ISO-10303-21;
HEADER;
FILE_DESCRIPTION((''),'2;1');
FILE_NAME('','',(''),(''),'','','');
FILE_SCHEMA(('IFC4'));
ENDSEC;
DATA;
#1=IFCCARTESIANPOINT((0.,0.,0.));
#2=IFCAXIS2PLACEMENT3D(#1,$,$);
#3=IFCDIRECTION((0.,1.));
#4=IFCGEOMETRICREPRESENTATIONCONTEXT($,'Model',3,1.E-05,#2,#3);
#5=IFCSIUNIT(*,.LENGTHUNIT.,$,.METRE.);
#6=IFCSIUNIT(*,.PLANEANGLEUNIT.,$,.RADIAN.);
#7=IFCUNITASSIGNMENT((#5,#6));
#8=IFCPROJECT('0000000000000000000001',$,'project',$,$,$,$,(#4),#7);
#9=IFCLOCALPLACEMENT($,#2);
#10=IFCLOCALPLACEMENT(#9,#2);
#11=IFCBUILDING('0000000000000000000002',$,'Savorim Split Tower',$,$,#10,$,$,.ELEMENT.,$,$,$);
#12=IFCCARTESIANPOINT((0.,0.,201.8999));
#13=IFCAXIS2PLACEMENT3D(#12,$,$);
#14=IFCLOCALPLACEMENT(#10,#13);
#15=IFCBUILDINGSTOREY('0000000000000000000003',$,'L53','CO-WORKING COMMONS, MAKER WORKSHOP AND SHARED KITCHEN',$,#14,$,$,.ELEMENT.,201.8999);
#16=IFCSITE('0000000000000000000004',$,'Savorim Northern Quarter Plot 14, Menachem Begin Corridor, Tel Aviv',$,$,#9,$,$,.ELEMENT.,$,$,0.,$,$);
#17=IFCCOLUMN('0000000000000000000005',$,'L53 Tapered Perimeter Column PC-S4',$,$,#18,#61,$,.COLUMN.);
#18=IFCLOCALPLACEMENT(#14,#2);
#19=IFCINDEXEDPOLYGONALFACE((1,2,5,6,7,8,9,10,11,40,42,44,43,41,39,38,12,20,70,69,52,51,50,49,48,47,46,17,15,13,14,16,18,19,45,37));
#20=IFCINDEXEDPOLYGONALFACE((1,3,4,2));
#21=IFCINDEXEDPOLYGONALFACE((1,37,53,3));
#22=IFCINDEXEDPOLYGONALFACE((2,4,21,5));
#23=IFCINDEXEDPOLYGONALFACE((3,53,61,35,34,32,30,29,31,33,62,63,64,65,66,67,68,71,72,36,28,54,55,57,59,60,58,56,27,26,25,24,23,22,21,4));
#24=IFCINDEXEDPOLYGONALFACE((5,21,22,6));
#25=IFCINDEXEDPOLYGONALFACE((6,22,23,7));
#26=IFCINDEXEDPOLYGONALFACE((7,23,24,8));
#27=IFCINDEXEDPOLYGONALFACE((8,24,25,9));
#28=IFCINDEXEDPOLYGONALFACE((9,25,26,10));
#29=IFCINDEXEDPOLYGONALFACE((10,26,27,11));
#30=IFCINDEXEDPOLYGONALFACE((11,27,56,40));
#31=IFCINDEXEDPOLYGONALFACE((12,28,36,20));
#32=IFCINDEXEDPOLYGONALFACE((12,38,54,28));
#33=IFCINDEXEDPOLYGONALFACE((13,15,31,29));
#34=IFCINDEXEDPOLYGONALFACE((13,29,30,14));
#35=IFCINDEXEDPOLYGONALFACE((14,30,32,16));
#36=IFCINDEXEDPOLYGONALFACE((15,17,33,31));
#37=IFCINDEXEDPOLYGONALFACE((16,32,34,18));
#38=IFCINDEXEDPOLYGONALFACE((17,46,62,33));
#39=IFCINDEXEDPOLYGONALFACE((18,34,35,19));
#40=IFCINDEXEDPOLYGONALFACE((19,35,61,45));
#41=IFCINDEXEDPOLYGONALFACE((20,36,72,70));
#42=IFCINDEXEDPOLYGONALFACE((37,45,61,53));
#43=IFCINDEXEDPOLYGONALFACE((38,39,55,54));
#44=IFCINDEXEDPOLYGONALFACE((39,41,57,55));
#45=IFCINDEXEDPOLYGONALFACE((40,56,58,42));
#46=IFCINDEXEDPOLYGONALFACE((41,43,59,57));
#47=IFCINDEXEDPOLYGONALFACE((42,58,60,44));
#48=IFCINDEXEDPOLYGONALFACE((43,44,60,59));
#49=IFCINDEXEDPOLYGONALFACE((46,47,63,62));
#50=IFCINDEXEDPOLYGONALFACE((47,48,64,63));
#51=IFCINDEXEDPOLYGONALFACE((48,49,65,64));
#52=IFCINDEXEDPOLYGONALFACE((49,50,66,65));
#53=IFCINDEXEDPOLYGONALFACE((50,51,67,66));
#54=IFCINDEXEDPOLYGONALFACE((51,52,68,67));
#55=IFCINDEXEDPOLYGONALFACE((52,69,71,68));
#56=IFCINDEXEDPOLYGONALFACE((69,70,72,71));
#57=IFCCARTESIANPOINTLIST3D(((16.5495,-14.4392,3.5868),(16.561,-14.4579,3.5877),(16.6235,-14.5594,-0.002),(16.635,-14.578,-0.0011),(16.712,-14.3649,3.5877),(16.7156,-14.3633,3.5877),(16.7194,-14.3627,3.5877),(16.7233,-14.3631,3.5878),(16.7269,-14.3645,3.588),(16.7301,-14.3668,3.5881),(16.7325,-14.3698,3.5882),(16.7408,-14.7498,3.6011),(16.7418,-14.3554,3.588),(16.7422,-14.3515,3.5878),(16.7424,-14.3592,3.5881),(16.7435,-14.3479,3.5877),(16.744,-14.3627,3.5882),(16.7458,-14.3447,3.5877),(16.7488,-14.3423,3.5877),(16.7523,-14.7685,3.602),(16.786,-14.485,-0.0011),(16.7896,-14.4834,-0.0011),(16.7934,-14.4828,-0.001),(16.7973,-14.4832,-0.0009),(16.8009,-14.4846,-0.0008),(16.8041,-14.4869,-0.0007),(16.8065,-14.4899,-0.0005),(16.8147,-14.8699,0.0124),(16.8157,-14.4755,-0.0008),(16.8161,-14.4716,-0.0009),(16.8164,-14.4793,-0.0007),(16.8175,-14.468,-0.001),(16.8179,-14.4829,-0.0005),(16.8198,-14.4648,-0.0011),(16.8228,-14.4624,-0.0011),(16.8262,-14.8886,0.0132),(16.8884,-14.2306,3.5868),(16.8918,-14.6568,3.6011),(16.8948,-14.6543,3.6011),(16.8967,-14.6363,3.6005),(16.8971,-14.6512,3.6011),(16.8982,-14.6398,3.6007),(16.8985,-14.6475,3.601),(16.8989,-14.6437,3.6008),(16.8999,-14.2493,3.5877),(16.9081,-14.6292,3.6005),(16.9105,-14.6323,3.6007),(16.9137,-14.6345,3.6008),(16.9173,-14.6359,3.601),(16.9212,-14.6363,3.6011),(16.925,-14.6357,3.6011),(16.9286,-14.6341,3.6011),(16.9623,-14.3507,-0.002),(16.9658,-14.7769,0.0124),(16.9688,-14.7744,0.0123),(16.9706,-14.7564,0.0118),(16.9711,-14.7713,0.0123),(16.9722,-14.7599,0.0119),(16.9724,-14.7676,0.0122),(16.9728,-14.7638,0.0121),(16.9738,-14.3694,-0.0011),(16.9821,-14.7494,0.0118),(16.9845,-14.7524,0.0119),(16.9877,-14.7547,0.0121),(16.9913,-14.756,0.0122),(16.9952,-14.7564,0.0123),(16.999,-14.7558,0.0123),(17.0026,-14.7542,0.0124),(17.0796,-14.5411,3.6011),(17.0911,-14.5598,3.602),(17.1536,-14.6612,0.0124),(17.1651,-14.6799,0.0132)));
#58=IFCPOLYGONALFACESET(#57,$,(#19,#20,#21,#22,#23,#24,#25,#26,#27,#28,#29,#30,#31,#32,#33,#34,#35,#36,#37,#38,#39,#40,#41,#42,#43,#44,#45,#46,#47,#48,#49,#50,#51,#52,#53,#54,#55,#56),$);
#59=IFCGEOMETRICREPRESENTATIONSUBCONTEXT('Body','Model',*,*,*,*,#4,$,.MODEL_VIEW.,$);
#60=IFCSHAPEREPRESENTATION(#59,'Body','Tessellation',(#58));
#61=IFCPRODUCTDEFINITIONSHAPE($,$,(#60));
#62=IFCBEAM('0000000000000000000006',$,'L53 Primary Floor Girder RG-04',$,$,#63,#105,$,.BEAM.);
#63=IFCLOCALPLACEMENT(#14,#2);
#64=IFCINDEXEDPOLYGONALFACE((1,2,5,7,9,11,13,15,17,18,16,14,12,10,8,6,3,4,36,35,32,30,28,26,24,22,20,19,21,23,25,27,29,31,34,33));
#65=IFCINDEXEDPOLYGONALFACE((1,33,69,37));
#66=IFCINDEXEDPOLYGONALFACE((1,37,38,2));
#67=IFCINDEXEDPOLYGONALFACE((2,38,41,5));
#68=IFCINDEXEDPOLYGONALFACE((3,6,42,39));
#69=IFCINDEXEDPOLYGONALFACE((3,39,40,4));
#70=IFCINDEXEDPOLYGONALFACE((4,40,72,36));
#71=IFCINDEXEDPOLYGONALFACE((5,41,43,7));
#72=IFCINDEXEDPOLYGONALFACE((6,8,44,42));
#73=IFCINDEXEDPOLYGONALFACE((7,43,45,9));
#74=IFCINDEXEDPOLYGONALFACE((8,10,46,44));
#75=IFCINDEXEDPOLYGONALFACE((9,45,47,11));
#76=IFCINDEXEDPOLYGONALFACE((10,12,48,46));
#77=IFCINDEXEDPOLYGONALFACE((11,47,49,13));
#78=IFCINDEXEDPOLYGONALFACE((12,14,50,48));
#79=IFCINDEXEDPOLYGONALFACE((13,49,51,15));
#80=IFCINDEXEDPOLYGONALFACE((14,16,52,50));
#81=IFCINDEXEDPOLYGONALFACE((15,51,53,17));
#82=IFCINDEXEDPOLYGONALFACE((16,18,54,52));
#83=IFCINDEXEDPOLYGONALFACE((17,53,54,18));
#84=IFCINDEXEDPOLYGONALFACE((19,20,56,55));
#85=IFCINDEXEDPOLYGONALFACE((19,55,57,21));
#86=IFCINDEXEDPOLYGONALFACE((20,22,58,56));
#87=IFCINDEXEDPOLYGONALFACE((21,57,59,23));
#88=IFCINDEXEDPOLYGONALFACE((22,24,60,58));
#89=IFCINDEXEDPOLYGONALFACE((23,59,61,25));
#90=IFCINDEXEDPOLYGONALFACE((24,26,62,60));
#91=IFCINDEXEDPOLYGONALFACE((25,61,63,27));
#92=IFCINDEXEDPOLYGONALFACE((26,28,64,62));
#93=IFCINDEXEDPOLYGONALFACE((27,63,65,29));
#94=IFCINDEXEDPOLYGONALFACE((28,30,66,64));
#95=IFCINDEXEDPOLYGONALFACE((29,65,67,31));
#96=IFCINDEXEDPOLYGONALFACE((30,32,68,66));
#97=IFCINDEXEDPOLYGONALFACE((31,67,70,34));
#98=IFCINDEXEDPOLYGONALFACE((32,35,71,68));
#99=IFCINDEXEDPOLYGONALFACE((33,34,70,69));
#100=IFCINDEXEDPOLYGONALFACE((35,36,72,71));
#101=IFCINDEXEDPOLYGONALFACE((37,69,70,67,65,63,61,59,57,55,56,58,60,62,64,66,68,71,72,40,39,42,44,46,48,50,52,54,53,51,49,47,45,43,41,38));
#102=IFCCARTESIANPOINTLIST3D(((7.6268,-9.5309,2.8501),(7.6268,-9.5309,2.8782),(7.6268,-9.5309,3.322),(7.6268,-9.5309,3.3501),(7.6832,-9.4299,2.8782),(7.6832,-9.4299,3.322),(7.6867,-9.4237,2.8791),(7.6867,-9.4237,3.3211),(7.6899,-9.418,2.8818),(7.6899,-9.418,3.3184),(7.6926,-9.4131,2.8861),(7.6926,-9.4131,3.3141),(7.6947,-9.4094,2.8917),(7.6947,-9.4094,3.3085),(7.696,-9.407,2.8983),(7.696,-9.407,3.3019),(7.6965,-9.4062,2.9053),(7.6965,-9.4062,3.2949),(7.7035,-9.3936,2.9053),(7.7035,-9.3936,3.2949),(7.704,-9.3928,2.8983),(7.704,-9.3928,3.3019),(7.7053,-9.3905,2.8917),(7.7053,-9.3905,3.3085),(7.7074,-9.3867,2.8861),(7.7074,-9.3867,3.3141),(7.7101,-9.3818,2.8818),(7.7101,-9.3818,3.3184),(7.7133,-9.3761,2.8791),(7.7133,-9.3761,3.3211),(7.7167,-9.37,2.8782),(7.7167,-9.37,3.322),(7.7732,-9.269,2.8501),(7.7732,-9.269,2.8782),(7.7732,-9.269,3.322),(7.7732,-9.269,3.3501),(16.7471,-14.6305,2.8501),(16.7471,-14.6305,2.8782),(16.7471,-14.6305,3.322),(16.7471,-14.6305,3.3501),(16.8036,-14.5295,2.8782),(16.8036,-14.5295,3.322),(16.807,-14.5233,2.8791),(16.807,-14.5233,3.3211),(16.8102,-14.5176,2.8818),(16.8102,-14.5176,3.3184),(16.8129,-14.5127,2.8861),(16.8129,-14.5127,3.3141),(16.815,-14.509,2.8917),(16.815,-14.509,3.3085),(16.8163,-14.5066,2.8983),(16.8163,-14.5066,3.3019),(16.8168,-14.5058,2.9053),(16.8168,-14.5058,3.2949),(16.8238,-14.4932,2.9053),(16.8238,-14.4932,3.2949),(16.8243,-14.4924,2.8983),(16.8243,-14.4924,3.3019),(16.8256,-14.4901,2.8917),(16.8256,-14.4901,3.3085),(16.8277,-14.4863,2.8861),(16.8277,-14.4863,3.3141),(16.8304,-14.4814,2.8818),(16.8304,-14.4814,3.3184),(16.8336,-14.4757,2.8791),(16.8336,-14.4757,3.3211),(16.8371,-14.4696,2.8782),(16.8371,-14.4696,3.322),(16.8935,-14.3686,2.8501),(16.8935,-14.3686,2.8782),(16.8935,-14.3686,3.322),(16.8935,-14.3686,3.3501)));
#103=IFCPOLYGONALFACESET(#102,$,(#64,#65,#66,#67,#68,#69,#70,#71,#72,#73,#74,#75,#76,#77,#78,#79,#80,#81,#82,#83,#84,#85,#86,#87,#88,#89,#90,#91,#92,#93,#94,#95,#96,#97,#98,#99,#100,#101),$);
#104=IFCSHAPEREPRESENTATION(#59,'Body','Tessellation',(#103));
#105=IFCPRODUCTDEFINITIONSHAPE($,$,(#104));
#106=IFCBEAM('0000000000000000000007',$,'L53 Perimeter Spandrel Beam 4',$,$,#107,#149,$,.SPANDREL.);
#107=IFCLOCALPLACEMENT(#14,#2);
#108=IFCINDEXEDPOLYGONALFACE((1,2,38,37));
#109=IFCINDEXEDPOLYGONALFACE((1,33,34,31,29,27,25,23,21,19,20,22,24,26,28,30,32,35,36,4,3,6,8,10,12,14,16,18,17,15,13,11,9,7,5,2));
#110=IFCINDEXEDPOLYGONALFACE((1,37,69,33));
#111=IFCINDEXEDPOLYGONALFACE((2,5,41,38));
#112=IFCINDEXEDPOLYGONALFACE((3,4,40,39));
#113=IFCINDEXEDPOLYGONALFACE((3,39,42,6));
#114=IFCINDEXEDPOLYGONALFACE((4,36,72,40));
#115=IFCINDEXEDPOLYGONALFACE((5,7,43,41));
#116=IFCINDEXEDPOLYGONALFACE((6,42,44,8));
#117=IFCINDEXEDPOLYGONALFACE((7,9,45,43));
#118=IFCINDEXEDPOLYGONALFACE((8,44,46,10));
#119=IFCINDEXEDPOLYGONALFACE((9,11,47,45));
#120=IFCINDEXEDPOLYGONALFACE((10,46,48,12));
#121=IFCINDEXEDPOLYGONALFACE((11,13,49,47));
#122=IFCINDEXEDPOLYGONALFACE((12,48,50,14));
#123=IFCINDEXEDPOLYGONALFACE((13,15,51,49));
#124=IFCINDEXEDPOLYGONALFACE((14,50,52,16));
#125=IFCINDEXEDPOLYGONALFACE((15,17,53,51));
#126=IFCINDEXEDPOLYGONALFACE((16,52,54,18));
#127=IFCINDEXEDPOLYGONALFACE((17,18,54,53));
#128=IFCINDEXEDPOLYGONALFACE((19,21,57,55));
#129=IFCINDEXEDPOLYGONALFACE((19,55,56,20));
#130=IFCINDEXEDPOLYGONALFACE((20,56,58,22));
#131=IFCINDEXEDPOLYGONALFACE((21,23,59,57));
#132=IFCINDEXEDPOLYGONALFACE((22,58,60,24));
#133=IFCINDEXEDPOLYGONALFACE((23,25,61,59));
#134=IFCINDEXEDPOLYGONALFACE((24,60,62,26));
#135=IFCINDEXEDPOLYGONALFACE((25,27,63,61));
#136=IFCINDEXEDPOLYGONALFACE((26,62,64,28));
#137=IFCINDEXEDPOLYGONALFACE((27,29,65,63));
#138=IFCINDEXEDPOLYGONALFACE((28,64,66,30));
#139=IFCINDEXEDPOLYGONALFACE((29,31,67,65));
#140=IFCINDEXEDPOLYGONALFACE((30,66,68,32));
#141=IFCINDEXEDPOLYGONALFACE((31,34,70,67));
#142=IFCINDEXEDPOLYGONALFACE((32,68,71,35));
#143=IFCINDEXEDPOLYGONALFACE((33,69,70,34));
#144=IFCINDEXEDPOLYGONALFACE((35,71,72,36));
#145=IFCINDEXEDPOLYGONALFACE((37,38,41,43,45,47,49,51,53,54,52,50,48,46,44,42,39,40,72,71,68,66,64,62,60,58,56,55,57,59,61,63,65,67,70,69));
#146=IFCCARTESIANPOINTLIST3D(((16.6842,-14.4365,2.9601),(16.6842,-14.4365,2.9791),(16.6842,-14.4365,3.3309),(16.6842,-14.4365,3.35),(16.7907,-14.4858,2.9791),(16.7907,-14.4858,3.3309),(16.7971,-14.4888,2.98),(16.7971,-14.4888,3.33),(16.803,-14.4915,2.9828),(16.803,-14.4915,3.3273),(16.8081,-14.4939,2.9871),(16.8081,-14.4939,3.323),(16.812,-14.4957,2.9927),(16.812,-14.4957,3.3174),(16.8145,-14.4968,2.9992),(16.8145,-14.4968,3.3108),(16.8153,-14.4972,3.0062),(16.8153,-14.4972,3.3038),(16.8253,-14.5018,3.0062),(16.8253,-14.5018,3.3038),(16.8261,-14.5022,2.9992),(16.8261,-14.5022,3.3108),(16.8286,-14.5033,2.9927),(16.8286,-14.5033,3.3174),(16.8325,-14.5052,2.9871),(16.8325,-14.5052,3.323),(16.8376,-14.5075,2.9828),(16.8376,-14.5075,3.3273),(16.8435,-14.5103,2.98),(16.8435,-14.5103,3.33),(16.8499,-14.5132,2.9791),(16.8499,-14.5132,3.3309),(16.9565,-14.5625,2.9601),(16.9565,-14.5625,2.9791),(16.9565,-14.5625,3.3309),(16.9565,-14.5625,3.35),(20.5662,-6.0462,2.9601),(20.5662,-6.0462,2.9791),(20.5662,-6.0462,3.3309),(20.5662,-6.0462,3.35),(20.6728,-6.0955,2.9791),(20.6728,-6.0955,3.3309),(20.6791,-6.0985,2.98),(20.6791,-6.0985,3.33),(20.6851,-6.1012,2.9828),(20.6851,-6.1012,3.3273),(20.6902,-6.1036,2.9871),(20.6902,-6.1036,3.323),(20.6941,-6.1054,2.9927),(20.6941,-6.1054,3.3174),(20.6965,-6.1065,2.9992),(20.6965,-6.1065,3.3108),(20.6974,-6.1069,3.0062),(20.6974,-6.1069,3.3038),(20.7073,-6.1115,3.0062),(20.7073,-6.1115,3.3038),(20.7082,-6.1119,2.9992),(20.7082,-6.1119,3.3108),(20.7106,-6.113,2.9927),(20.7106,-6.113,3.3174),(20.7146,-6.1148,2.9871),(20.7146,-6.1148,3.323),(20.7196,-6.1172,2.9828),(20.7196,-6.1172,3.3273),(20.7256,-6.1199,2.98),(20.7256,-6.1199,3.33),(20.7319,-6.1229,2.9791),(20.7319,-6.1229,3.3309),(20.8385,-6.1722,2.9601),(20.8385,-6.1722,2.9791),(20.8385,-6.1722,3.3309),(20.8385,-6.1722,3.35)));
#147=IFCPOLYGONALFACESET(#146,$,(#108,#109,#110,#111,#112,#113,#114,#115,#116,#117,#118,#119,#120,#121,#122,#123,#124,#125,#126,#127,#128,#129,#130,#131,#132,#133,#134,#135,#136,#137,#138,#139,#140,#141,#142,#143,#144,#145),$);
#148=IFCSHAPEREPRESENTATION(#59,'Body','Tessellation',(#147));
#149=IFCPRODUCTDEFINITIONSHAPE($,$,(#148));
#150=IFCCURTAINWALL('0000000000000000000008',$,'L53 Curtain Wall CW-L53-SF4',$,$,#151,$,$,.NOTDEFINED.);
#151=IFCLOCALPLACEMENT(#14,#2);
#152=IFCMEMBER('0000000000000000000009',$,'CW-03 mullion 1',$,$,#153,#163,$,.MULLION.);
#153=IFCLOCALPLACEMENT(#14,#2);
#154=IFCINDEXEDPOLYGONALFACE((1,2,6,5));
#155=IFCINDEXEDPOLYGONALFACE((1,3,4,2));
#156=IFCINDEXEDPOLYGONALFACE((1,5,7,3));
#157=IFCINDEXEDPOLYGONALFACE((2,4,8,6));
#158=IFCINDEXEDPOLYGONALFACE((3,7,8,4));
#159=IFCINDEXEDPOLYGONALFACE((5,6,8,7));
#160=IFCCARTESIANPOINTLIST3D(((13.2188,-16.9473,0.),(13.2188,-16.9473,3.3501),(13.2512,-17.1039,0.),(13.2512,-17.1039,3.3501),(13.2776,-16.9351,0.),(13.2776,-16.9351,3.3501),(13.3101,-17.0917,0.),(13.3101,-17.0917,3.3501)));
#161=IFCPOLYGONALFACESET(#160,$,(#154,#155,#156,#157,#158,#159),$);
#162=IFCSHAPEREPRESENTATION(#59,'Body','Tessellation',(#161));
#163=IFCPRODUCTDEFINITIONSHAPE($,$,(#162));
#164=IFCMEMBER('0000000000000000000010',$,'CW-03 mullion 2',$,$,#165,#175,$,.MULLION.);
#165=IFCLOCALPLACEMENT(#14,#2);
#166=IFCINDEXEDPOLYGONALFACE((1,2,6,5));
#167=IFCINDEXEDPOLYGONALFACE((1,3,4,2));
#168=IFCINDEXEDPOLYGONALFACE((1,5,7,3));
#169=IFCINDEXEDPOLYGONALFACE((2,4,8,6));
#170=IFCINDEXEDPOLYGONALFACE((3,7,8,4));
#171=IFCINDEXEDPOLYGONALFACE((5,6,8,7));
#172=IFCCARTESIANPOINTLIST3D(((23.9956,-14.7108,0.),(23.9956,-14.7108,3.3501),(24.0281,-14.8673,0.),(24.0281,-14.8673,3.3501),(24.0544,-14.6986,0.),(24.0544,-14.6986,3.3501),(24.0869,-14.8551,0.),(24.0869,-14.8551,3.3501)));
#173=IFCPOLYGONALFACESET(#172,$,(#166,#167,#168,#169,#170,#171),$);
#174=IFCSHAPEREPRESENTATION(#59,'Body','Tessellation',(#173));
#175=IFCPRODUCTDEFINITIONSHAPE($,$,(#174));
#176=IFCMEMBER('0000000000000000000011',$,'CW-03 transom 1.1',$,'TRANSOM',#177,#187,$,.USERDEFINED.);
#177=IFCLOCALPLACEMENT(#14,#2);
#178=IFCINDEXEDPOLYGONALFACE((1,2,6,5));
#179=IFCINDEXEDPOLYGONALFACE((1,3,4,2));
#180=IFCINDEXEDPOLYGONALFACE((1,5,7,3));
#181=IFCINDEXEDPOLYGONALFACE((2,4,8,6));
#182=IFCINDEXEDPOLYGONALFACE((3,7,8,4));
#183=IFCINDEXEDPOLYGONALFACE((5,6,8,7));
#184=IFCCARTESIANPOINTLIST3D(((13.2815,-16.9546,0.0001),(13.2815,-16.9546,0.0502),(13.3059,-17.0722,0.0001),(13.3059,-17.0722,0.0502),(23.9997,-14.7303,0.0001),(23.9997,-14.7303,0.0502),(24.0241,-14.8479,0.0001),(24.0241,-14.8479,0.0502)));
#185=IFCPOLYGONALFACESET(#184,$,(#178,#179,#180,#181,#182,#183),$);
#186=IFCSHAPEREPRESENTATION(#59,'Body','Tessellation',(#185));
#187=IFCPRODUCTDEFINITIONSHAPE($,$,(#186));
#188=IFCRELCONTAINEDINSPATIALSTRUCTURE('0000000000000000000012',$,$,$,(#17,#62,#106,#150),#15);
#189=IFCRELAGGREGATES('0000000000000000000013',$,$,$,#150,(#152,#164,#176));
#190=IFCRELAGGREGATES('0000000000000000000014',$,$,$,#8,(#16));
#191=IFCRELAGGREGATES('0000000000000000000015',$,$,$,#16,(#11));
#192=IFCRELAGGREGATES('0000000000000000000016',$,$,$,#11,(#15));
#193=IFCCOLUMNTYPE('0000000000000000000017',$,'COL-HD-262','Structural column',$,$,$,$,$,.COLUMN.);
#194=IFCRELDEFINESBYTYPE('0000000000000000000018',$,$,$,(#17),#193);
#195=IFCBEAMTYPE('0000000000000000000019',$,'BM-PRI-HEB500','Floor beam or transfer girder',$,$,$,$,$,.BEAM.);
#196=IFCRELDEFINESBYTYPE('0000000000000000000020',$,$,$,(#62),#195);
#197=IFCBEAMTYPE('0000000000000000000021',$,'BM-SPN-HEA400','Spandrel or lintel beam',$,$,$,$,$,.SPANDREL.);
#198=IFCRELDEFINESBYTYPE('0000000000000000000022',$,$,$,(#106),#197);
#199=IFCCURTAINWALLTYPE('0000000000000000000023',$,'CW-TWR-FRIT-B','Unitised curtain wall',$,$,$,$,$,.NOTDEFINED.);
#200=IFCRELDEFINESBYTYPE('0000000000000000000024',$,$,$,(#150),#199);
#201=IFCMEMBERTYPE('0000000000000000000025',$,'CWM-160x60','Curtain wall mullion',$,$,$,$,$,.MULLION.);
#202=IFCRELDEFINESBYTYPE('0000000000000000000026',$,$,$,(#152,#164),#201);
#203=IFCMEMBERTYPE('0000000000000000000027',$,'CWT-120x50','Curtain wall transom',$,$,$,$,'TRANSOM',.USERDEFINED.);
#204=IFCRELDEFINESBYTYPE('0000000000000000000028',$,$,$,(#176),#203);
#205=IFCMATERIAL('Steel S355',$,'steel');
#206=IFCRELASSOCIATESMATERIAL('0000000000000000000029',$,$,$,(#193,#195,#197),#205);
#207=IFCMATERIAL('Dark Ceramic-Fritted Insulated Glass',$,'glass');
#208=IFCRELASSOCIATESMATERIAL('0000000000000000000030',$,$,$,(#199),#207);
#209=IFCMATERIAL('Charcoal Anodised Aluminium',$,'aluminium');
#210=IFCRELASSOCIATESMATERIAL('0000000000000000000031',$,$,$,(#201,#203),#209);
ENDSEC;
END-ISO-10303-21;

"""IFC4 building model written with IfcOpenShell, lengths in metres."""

from ifc_helpers import new_model, si_unit, direction, frame, origin, origin_2d, place, context, subcontext, project, spatial, rectangle, i_section, extrude, material, material_profile, profile_set, type_object, element, aggregate, save


model = new_model("IFC4")

# Units and contexts
model_context = context("Model", 3, precision=1e-05, world=origin(), true_north=direction((0.0, 1.0)))
body_context = subcontext(model_context, "Body", "Model", "MODEL_VIEW")
ifc_project = project(units=[si_unit("LENGTHUNIT", "METRE"), si_unit("PLANEANGLEUNIT", "RADIAN")], contexts=[model_context])

# Site, building, storey
site_placement = place(None, origin())
site = spatial("IfcSite", under=ifc_project, at=site_placement, Name="Savorim Northern Quarter Plot 14, Menachem Begin Corridor, Tel Aviv", CompositionType="ELEMENT", RefElevation=0.0)
building_placement = place(site_placement, origin())
building = spatial("IfcBuilding", under=site, at=building_placement, Name="Savorim Split Tower", CompositionType="ELEMENT")
storey_placement = place(building_placement, frame((0.0, 0.0, 201.8999)))
storey = spatial("IfcBuildingStorey", under=building, at=storey_placement, Name="L53", Description="CO-WORKING COMMONS, MAKER WORKSHOP AND SHARED KITCHEN", CompositionType="ELEMENT", Elevation=201.8999)

# Column
ifc_material_1 = material(Name="Steel S355", Category="steel")
ifc_material_profile_1 = material_profile(ifc_material_1, i_section(OverallWidth=0.3979, OverallDepth=0.387, WebThickness=0.0134, FlangeThickness=0.022, FilletRadius=0.0149, at=origin_2d()), Name="HD 400x262")
ifc_profile_set_1 = profile_set([ifc_material_profile_1], Name="Steel S355")
column_type = type_object("IfcColumnType", Name="COL-HD-262", Description="Structural column", PredefinedType="COLUMN", material=ifc_profile_set_1)
column_placement = place(storey_placement, frame((16.8943, -14.6196, 0.0056), z_axis=(-0.020596, 0.033444, 0.999228), x_axis=(-0.85148, -0.524387, 0.0)))
element("IfcColumn", 1, at=column_placement, inside=storey, type_object=column_type, Name="L53 Tapered Perimeter Column PC-S4", PredefinedType="COLUMN", context=body_context, shape_type="SweptSolid", body=[
    extrude(i_section(OverallWidth=0.3979, OverallDepth=0.387, WebThickness=0.0134, FlangeThickness=0.022, FilletRadius=0.0149, at=origin_2d()), origin(), (0.0, 0.0, 1.0), 3.5916),
])

# Beams
ifc_material_profile_2 = material_profile(ifc_material_1, i_section(OverallWidth=0.3, OverallDepth=0.5, WebThickness=0.0144, FlangeThickness=0.0281, FilletRadius=0.0271, at=origin_2d()), Name="HEB 500")
ifc_profile_set_2 = profile_set([ifc_material_profile_2], Name="Steel S355")
beam_type_1 = type_object("IfcBeamType", Name="BM-PRI-HEB500", Description="Floor beam or transfer girder", PredefinedType="BEAM", material=ifc_profile_set_2)
beam_1_placement = place(storey_placement, frame((16.8203, -14.4995, 3.1001), z_axis=(-0.872824, 0.488036, 0.0), x_axis=(-0.488036, -0.872824, 0.0)))
element("IfcBeam", 2, at=beam_1_placement, inside=storey, type_object=beam_type_1, Name="L53 Primary Floor Girder RG-04", PredefinedType="BEAM", context=body_context, shape_type="SweptSolid", body=[
    extrude(i_section(OverallWidth=0.3, OverallDepth=0.5, WebThickness=0.0144, FlangeThickness=0.0281, FilletRadius=0.0271, at=origin_2d()), origin(), (0.0, 0.0, 1.0), 10.4492),
])
ifc_material_profile_3 = material_profile(ifc_material_1, i_section(OverallWidth=0.3, OverallDepth=0.3899, WebThickness=0.011, FlangeThickness=0.019, FilletRadius=0.0271, at=origin_2d()), Name="HEA 400")
ifc_profile_set_3 = profile_set([ifc_material_profile_3], Name="Steel S355")
beam_type_2 = type_object("IfcBeamType", Name="BM-SPN-HEA400", Description="Spandrel or lintel beam", PredefinedType="SPANDREL", material=ifc_profile_set_3)
beam_2_placement = place(storey_placement, frame((16.8203, -14.4995, 3.155), z_axis=(0.419914, 0.907564, 0.0), x_axis=(-0.907564, 0.419914, 0.0)))
element("IfcBeam", 3, at=beam_2_placement, inside=storey, type_object=beam_type_2, Name="L53 Perimeter Spandrel Beam 4", PredefinedType="SPANDREL", context=body_context, shape_type="SweptSolid", body=[
    extrude(i_section(OverallWidth=0.3, OverallDepth=0.3899, WebThickness=0.011, FlangeThickness=0.019, FilletRadius=0.0271, at=origin_2d()), origin(), (0.0, 0.0, 1.0), 9.2449),
])

# Curtain wall, members
ifc_material_2 = material(Name="Dark Ceramic-Fritted Insulated Glass", Category="glass")
curtain_wall_type = type_object("IfcCurtainWallType", Name="CW-TWR-FRIT-B", Description="Unitised curtain wall", PredefinedType="NOTDEFINED", material=ifc_material_2)
curtain_wall_placement = place(storey_placement, origin())
curtain_wall = element("IfcCurtainWall", 4, at=curtain_wall_placement, inside=storey, type_object=curtain_wall_type, Name="L53 Curtain Wall CW-L53-SF4", PredefinedType="NOTDEFINED")
ifc_material_3 = material(Name="Charcoal Anodised Aluminium", Category="aluminium")
ifc_material_profile_4 = material_profile(ifc_material_3, rectangle(XDim=0.1599, YDim=0.0601, at=origin_2d()), Name="ALU-M 160x60")
ifc_profile_set_4 = profile_set([ifc_material_profile_4], Name="Charcoal Anodised Aluminium")
member_type_1 = type_object("IfcMemberType", Name="CWM-160x60", Description="Curtain wall mullion", PredefinedType="MULLION", material=ifc_profile_set_4)
member_1_placement = place(storey_placement, frame((13.2644, -17.0195, 0.0), z_axis=(0.0, 0.0, 1.0), x_axis=(-0.203208, 0.979136, 0.0)))
member_1 = element("IfcMember", 5, at=member_1_placement, type_object=member_type_1, Name="CW-03 mullion 1", PredefinedType="MULLION", context=body_context, shape_type="SweptSolid", body=[
    extrude(rectangle(XDim=0.1599, YDim=0.0601, at=origin_2d()), origin(), (0.0, 0.0, 1.0), 3.3501),
])
member_2_placement = place(storey_placement, frame((24.0413, -14.783, 0.0), z_axis=(0.0, 0.0, 1.0), x_axis=(-0.203208, 0.979136, 0.0)))
member_2 = element("IfcMember", 6, at=member_2_placement, type_object=member_type_1, Name="CW-03 mullion 2", PredefinedType="MULLION", context=body_context, shape_type="SweptSolid", body=[
    extrude(rectangle(XDim=0.1599, YDim=0.0601, at=origin_2d()), origin(), (0.0, 0.0, 1.0), 3.3501),
])
ifc_material_profile_5 = material_profile(ifc_material_3, rectangle(XDim=0.1201, YDim=0.05, at=origin_2d()), Name="ALU-T 120x50")
ifc_profile_set_5 = profile_set([ifc_material_profile_5], Name="Charcoal Anodised Aluminium")
member_type_2 = type_object("IfcMemberType", Name="CWT-120x50", Description="Curtain wall transom", ElementType="TRANSOM", PredefinedType="USERDEFINED", material=ifc_profile_set_5)
member_3_placement = place(storey_placement, frame((13.2937, -17.0134, 0.0251), z_axis=(0.979137, 0.203201, 0.0), x_axis=(-0.203201, 0.979137, 0.0)))
member_3 = element("IfcMember", 7, at=member_3_placement, type_object=member_type_2, Name="CW-03 transom 1.1", ObjectType="TRANSOM", PredefinedType="USERDEFINED", context=body_context, shape_type="SweptSolid", body=[
    extrude(rectangle(XDim=0.1201, YDim=0.05, at=origin_2d()), origin(), (0.0, 0.0, 1.0), 10.9465),
])
aggregate(curtain_wall, [member_1, member_2, member_3])

save(model, "model.ifc")
